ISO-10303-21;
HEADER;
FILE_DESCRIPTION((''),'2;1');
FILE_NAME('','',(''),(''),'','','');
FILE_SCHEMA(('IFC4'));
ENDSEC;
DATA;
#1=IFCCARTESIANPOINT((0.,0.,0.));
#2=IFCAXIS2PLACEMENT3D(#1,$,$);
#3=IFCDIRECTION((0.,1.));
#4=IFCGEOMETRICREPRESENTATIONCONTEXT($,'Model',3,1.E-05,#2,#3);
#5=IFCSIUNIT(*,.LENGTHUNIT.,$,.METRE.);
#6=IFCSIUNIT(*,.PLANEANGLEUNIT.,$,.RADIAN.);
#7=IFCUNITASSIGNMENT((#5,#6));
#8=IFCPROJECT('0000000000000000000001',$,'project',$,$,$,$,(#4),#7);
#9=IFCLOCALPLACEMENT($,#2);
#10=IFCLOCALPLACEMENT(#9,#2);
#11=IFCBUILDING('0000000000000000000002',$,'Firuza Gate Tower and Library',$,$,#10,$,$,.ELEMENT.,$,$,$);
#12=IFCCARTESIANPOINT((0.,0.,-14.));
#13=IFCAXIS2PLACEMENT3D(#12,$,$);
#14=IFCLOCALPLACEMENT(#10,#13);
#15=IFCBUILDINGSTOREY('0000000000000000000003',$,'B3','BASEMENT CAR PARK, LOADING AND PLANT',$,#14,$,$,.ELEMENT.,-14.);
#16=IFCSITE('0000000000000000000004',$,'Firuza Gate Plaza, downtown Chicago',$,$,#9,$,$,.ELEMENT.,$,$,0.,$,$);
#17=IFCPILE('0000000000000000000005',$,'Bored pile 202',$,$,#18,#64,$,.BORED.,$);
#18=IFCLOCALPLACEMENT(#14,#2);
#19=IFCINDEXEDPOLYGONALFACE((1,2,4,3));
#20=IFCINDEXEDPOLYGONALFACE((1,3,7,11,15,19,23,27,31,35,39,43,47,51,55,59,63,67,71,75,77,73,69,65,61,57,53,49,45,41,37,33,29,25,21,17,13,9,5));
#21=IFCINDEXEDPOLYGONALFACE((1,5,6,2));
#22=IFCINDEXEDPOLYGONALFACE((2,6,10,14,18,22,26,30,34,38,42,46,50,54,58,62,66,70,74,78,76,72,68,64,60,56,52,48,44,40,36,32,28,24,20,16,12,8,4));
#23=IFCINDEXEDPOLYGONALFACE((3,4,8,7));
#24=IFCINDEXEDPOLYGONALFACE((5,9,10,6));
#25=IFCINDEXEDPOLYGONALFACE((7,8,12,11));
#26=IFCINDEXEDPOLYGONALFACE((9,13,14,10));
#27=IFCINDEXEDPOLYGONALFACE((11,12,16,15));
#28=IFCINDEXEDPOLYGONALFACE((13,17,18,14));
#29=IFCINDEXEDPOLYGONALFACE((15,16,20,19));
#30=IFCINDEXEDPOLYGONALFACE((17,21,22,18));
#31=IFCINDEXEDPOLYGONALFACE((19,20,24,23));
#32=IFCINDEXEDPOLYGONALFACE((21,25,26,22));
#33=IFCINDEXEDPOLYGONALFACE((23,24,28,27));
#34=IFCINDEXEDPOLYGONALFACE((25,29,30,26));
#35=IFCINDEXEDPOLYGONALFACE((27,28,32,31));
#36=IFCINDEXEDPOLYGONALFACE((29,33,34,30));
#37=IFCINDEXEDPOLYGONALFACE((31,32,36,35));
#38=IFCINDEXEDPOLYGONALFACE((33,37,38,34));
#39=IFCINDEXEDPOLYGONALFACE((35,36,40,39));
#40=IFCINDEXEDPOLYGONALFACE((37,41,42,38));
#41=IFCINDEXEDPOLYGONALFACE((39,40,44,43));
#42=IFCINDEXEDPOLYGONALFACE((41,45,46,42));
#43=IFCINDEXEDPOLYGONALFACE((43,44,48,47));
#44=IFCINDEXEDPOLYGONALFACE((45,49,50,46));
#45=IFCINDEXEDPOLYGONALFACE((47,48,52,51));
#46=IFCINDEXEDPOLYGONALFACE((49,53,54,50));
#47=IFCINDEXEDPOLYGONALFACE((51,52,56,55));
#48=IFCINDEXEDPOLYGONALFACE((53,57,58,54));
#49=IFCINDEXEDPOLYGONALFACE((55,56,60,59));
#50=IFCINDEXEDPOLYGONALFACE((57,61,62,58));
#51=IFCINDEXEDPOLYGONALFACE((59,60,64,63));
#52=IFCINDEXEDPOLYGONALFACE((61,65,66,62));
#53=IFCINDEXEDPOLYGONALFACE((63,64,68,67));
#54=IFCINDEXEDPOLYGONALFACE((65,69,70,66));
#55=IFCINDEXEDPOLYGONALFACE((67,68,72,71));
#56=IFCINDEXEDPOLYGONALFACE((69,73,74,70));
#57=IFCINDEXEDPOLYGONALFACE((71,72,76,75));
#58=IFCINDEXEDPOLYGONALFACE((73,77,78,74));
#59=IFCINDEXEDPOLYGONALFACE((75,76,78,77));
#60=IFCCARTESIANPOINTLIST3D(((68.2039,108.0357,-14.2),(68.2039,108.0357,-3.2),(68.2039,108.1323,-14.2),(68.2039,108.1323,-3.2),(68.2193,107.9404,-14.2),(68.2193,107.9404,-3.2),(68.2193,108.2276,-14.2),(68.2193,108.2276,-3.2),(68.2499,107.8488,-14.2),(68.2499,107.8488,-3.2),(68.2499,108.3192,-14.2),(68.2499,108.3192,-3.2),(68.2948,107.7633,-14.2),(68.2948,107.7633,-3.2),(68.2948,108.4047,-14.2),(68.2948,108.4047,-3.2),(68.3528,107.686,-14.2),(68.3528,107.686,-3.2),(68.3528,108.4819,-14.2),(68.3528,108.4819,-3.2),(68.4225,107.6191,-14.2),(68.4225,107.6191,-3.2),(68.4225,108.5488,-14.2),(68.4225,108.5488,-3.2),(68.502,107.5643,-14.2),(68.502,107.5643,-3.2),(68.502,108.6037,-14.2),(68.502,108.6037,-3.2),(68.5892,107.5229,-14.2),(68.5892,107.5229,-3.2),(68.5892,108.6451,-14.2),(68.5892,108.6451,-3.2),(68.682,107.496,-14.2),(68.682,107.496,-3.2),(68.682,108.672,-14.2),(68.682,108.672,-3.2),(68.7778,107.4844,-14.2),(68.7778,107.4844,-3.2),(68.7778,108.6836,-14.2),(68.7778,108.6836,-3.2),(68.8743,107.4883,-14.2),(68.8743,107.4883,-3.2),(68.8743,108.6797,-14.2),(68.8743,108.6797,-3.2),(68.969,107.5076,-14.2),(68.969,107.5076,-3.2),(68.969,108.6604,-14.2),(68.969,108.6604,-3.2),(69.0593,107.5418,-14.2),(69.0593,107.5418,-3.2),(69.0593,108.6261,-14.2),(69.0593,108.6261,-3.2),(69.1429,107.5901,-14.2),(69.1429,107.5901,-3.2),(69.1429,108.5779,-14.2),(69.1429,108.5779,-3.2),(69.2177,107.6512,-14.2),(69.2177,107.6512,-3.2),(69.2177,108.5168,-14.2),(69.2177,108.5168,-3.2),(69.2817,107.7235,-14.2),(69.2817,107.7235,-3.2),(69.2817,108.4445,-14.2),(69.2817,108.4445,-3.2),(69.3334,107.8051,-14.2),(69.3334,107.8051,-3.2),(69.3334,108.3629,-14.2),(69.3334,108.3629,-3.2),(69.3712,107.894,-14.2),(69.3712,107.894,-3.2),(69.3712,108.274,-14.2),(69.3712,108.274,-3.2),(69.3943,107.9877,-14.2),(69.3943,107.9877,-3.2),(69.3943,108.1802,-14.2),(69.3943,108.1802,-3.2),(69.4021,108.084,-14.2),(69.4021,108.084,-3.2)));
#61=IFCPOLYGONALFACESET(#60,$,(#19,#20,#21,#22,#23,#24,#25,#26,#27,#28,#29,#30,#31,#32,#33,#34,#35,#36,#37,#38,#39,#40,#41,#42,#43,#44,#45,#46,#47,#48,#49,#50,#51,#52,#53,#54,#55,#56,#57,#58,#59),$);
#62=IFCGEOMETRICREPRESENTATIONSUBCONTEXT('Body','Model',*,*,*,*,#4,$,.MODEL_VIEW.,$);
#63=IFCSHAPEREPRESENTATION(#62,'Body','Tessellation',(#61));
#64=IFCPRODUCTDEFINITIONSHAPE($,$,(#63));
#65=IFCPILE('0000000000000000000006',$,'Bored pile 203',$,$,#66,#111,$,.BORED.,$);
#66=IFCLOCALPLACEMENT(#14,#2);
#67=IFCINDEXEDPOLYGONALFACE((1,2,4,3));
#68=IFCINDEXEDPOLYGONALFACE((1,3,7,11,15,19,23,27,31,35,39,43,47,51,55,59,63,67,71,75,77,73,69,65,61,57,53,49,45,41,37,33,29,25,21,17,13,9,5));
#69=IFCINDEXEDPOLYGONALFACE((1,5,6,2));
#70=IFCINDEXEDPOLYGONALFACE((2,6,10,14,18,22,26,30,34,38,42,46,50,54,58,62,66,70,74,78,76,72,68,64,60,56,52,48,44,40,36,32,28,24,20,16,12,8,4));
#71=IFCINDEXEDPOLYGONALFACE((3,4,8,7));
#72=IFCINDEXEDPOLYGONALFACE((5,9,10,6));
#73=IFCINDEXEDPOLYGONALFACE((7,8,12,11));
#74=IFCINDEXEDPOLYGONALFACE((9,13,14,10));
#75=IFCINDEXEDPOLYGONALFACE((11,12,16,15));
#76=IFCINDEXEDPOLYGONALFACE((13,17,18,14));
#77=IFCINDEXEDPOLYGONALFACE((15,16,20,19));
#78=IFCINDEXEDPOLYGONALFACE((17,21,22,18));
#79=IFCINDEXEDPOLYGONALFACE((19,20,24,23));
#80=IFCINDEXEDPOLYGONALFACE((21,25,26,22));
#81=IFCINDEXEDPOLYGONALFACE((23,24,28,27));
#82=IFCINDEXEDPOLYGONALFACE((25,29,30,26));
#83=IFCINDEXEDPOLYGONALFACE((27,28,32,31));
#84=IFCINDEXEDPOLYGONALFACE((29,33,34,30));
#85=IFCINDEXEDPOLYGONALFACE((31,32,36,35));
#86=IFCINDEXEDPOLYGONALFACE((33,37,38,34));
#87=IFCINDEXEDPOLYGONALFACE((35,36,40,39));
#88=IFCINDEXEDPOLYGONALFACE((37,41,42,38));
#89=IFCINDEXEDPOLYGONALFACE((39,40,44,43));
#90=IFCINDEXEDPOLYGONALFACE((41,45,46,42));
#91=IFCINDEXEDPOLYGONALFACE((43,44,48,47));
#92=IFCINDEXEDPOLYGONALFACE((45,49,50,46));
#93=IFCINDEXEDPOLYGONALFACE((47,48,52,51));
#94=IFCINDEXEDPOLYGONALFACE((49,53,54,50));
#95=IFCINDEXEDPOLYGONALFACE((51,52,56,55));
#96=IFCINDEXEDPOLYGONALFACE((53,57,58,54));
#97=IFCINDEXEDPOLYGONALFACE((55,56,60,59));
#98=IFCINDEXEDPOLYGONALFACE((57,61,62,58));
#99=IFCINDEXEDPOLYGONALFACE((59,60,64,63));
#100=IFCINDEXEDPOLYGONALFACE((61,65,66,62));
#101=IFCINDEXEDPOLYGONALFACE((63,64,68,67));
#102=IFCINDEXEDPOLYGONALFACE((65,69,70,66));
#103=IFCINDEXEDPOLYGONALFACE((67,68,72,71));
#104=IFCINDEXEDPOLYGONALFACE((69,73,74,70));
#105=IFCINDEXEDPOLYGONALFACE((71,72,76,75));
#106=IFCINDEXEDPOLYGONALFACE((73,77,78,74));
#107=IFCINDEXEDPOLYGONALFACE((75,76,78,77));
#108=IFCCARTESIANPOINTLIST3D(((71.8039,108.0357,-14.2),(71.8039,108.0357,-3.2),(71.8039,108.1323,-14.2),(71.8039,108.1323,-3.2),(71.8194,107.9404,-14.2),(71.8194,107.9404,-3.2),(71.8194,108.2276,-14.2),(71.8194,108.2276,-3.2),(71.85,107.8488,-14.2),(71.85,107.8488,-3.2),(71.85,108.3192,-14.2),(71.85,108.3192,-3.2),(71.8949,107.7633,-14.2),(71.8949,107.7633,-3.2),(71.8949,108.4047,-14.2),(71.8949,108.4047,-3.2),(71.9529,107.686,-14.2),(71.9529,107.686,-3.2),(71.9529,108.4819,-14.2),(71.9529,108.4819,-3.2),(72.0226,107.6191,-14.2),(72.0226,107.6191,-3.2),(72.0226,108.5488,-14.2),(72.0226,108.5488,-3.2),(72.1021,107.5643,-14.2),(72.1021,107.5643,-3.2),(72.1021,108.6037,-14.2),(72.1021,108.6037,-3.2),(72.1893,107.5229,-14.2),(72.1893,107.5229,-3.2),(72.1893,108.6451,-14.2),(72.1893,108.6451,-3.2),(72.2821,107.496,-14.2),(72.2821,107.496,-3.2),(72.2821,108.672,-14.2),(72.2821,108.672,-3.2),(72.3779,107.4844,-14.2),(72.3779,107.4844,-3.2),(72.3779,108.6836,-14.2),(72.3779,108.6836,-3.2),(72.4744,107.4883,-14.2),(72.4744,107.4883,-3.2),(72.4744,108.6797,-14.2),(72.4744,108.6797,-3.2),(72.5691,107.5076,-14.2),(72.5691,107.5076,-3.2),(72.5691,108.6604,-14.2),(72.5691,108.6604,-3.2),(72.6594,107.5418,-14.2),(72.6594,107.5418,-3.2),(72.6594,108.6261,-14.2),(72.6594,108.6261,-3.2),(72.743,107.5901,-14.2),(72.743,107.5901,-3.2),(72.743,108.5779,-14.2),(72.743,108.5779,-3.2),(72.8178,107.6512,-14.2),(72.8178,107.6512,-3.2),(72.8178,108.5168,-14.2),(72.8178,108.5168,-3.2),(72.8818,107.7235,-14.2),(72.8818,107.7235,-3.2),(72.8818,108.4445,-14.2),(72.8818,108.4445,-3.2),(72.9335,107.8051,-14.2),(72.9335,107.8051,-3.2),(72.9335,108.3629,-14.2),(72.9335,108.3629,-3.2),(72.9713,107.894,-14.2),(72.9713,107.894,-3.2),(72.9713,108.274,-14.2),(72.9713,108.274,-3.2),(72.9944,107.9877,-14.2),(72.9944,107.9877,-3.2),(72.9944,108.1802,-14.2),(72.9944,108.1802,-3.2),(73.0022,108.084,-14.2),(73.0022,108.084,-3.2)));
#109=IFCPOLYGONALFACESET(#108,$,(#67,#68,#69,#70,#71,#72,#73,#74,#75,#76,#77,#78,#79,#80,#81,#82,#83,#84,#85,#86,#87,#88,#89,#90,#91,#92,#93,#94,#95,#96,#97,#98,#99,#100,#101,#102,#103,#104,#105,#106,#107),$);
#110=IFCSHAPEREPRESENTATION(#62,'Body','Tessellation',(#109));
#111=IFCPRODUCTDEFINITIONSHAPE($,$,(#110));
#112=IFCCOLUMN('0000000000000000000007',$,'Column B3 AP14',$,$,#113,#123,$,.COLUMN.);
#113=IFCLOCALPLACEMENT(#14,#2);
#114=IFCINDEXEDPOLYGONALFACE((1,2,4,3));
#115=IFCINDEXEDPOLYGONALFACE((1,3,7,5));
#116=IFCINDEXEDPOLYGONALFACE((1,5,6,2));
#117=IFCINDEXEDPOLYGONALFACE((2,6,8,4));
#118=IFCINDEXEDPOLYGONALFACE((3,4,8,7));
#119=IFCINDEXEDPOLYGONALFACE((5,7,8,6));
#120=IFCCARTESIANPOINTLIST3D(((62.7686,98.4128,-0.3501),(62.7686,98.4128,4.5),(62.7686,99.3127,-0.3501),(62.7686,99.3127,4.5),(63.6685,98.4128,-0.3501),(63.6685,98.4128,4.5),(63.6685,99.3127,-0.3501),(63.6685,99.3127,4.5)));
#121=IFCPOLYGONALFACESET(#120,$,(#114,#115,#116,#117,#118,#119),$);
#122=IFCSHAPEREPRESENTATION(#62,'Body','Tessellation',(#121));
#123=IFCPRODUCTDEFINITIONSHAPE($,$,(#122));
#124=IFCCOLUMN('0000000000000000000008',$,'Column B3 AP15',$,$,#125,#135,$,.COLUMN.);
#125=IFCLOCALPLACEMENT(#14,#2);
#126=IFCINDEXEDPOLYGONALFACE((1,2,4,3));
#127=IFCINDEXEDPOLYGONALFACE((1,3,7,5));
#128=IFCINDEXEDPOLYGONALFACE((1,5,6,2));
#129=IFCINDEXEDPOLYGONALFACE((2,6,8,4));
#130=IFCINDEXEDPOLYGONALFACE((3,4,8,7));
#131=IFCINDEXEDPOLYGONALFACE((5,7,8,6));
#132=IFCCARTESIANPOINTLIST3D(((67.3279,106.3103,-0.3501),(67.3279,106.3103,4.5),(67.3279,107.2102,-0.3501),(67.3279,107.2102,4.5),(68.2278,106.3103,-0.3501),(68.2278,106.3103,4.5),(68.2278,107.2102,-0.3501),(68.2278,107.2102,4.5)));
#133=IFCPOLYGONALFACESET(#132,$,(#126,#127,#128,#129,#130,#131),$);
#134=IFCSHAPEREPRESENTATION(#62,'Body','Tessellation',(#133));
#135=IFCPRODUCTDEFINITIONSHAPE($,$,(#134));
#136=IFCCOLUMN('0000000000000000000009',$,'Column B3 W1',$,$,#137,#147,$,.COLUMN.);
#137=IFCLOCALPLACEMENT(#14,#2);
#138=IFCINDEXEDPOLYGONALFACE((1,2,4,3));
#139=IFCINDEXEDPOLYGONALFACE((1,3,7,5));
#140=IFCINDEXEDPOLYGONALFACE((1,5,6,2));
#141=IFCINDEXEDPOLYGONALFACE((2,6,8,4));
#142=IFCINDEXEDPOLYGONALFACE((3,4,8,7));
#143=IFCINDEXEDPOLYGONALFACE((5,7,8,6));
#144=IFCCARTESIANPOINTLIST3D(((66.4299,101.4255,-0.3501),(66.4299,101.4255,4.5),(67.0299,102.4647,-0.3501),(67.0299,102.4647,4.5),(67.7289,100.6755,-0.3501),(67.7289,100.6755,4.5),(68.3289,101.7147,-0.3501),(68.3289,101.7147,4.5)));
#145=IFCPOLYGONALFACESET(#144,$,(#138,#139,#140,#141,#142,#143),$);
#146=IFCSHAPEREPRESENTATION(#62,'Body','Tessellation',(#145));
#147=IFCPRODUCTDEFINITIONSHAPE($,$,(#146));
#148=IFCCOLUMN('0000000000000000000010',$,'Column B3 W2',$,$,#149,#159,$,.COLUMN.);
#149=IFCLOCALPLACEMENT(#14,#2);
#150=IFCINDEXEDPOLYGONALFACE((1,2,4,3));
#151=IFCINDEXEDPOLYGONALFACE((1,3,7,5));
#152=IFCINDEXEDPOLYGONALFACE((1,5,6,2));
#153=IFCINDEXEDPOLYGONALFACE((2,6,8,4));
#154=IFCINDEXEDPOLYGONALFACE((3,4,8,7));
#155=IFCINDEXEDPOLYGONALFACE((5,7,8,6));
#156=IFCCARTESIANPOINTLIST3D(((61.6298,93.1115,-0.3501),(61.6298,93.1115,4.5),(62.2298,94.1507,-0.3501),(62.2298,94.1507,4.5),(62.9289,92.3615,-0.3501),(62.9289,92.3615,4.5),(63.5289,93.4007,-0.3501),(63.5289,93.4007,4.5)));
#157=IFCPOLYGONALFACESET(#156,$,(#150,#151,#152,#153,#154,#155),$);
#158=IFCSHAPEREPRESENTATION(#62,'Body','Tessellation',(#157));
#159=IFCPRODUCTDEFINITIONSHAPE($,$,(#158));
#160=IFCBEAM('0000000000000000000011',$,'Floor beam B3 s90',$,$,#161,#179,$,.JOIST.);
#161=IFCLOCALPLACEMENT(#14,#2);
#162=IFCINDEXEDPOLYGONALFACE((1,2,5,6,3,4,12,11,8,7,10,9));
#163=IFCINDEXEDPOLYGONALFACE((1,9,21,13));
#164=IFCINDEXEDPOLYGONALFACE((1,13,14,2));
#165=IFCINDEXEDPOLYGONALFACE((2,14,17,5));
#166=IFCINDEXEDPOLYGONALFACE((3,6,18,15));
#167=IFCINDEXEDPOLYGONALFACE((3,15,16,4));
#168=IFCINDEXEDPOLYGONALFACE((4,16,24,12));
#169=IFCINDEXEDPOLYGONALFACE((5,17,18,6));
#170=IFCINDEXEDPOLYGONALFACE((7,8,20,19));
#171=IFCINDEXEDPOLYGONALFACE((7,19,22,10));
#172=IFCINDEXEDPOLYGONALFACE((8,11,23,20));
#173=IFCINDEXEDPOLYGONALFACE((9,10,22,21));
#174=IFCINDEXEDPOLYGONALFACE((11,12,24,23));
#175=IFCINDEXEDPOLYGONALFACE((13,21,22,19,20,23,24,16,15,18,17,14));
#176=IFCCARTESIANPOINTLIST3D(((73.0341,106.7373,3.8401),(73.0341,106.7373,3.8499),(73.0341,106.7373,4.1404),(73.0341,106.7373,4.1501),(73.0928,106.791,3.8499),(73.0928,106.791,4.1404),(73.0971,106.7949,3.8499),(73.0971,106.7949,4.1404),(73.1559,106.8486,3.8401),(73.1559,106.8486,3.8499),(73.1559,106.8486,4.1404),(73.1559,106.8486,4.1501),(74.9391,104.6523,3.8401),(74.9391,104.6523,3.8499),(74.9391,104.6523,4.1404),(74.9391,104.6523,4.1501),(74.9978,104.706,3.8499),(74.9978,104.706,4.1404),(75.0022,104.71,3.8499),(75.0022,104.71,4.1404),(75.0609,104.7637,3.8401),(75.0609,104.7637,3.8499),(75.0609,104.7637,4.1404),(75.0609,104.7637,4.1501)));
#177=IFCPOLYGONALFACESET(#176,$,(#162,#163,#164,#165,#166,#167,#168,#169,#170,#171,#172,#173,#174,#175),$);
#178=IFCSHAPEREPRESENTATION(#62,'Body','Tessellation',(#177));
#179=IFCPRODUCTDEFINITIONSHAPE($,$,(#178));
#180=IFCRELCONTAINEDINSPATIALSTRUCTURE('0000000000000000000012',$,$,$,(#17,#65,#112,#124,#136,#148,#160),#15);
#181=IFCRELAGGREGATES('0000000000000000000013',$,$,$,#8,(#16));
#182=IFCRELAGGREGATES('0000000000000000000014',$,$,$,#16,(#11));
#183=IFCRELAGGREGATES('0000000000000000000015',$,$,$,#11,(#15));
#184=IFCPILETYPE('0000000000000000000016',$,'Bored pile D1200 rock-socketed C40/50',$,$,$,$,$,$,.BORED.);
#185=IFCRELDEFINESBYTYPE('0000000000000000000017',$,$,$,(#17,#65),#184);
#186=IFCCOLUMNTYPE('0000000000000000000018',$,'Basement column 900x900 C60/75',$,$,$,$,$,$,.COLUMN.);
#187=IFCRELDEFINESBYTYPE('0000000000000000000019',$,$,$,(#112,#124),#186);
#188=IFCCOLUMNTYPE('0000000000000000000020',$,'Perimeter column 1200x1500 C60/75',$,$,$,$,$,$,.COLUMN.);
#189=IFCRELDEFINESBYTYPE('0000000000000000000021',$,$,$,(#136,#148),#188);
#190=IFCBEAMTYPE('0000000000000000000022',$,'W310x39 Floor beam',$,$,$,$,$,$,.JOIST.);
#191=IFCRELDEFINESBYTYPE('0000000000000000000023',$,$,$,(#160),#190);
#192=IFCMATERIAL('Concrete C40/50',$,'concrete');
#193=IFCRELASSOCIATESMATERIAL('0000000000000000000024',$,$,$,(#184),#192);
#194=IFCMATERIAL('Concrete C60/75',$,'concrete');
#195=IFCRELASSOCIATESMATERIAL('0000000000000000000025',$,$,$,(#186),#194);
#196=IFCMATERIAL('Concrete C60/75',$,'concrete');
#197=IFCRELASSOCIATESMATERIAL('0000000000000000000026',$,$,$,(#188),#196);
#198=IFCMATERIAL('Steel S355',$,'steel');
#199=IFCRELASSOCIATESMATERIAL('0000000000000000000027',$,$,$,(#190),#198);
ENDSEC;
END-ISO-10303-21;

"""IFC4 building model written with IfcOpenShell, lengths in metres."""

from ifc_helpers import new_model, si_unit, direction, frame, origin, origin_2d, place, context, subcontext, project, spatial, rectangle, circle, i_section, extrude, material, material_profile, profile_set, type_object, element, save


model = new_model("IFC4")

# Units and contexts
model_context = context("Model", 3, precision=1e-05, world=origin(), true_north=direction((0.0, 1.0)))
body_context = subcontext(model_context, "Body", "Model", "MODEL_VIEW")
ifc_project = project(units=[si_unit("LENGTHUNIT", "METRE"), si_unit("PLANEANGLEUNIT", "RADIAN")], contexts=[model_context])

# Site, building, storey
site_placement = place(None, origin())
site = spatial("IfcSite", under=ifc_project, at=site_placement, Name="Firuza Gate Plaza, downtown Chicago", CompositionType="ELEMENT", RefElevation=0.0)
building_placement = place(site_placement, origin())
building = spatial("IfcBuilding", under=site, at=building_placement, Name="Firuza Gate Tower and Library", CompositionType="ELEMENT")
storey_placement = place(building_placement, frame((0.0, 0.0, -14.0)))
storey = spatial("IfcBuildingStorey", under=building, at=storey_placement, Name="B3", Description="BASEMENT CAR PARK, LOADING AND PLANT", CompositionType="ELEMENT", Elevation=-14.0)

# Piles
ifc_material_1 = material(Name="Concrete C40/50", Category="concrete")
ifc_material_profile_1 = material_profile(ifc_material_1, circle(Radius=0.6001, at=origin_2d()))
ifc_profile_set_1 = profile_set([ifc_material_profile_1], Name="Concrete C40/50")
pile_type = type_object("IfcPileType", Name="Bored pile D1200 rock-socketed C40/50", PredefinedType="BORED", material=ifc_profile_set_1)
for number, where, z_axis, x_axis, name in (
    (1, (68.802, 108.084, -3.2), (0.0, 0.0, -1.0), (1.0, 0.0, 0.0), "Bored pile 202"),
    (2, (72.4021, 108.084, -3.2), (0.0, 0.0, -1.0), (1.0, 0.0, 0.0), "Bored pile 203"),
):
    element("IfcPile", number, at=place(storey_placement, frame(where, z_axis=z_axis, x_axis=x_axis)), inside=storey, type_object=pile_type, Name=name, PredefinedType="BORED", context=body_context, shape_type="SweptSolid", body=[
        extrude(circle(Radius=0.6001, at=origin_2d()), origin(), (0.0, 0.0, 1.0), 11.0),
    ])

# Columns
ifc_material_2 = material(Name="Concrete C60/75", Category="concrete")
ifc_material_profile_2 = material_profile(ifc_material_2, rectangle(XDim=0.8999, YDim=0.8999, at=origin_2d()))
ifc_profile_set_2 = profile_set([ifc_material_profile_2], Name="Concrete C60/75")
column_type_1 = type_object("IfcColumnType", Name="Basement column 900x900 C60/75", PredefinedType="COLUMN", material=ifc_profile_set_2)
for number, where, z_axis, x_axis, name in (
    (3, (63.2185, 98.8628, -0.3501), (0.0, 0.0, 1.0), (1.0, 0.0, 0.0), "Column B3 AP14"),
    (4, (67.7778, 106.7603, -0.3501), (0.0, 0.0, 1.0), (1.0, 0.0, 0.0), "Column B3 AP15"),
):
    element("IfcColumn", number, at=place(storey_placement, frame(where, z_axis=z_axis, x_axis=x_axis)), inside=storey, type_object=column_type_1, Name=name, PredefinedType="COLUMN", context=body_context, shape_type="SweptSolid", body=[
        extrude(rectangle(XDim=0.8999, YDim=0.8999, at=origin_2d()), origin(), (0.0, 0.0, 1.0), 4.8501),
    ])
ifc_material_3 = material(Name="Concrete C60/75", Category="concrete")
ifc_material_profile_3 = material_profile(ifc_material_3, rectangle(XDim=1.2, YDim=1.5, at=origin_2d()))
ifc_profile_set_3 = profile_set([ifc_material_profile_3], Name="Concrete C60/75")
column_type_2 = type_object("IfcColumnType", Name="Perimeter column 1200x1500 C60/75", PredefinedType="COLUMN", material=ifc_profile_set_3)
for number, where, z_axis, x_axis, name in (
    (5, (67.3794, 101.5701, -0.3501), (0.0, 0.0, 1.0), (-0.5, -0.866025, 0.0), "Column B3 W1"),
    (6, (62.5793, 93.2561, -0.3501), (0.0, 0.0, 1.0), (-0.5, -0.866025, 0.0), "Column B3 W2"),
):
    element("IfcColumn", number, at=place(storey_placement, frame(where, z_axis=z_axis, x_axis=x_axis)), inside=storey, type_object=column_type_2, Name=name, PredefinedType="COLUMN", context=body_context, shape_type="SweptSolid", body=[
        extrude(rectangle(XDim=1.2, YDim=1.5, at=origin_2d()), origin(), (0.0, 0.0, 1.0), 4.8501),
    ])

# Beam
ifc_material_4 = material(Name="Steel S355", Category="steel")
ifc_material_profile_4 = material_profile(ifc_material_4, i_section(OverallWidth=0.165, OverallDepth=0.3101, WebThickness=0.0059, FlangeThickness=0.0098, at=origin_2d()))
ifc_profile_set_4 = profile_set([ifc_material_profile_4], Name="Steel S355")
beam_type_1 = type_object("IfcBeamType", Name="W310x39 Floor beam", PredefinedType="JOIST", material=ifc_profile_set_4)
beam_1_placement = place(storey_placement, frame((73.095, 106.793, 3.9951), z_axis=(0.674534, -0.738244, 0.0), x_axis=(0.738244, 0.674534, 0.0)))
element("IfcBeam", 7, at=beam_1_placement, inside=storey, type_object=beam_type_1, Name="Floor beam B3 s90", PredefinedType="JOIST", context=body_context, shape_type="SweptSolid", body=[
    extrude(i_section(OverallWidth=0.165, OverallDepth=0.3101, WebThickness=0.0059, FlangeThickness=0.0098, at=origin_2d()), origin(), (0.0, 0.0, 1.0), 2.8242),
])

save(model, "model.ifc")
